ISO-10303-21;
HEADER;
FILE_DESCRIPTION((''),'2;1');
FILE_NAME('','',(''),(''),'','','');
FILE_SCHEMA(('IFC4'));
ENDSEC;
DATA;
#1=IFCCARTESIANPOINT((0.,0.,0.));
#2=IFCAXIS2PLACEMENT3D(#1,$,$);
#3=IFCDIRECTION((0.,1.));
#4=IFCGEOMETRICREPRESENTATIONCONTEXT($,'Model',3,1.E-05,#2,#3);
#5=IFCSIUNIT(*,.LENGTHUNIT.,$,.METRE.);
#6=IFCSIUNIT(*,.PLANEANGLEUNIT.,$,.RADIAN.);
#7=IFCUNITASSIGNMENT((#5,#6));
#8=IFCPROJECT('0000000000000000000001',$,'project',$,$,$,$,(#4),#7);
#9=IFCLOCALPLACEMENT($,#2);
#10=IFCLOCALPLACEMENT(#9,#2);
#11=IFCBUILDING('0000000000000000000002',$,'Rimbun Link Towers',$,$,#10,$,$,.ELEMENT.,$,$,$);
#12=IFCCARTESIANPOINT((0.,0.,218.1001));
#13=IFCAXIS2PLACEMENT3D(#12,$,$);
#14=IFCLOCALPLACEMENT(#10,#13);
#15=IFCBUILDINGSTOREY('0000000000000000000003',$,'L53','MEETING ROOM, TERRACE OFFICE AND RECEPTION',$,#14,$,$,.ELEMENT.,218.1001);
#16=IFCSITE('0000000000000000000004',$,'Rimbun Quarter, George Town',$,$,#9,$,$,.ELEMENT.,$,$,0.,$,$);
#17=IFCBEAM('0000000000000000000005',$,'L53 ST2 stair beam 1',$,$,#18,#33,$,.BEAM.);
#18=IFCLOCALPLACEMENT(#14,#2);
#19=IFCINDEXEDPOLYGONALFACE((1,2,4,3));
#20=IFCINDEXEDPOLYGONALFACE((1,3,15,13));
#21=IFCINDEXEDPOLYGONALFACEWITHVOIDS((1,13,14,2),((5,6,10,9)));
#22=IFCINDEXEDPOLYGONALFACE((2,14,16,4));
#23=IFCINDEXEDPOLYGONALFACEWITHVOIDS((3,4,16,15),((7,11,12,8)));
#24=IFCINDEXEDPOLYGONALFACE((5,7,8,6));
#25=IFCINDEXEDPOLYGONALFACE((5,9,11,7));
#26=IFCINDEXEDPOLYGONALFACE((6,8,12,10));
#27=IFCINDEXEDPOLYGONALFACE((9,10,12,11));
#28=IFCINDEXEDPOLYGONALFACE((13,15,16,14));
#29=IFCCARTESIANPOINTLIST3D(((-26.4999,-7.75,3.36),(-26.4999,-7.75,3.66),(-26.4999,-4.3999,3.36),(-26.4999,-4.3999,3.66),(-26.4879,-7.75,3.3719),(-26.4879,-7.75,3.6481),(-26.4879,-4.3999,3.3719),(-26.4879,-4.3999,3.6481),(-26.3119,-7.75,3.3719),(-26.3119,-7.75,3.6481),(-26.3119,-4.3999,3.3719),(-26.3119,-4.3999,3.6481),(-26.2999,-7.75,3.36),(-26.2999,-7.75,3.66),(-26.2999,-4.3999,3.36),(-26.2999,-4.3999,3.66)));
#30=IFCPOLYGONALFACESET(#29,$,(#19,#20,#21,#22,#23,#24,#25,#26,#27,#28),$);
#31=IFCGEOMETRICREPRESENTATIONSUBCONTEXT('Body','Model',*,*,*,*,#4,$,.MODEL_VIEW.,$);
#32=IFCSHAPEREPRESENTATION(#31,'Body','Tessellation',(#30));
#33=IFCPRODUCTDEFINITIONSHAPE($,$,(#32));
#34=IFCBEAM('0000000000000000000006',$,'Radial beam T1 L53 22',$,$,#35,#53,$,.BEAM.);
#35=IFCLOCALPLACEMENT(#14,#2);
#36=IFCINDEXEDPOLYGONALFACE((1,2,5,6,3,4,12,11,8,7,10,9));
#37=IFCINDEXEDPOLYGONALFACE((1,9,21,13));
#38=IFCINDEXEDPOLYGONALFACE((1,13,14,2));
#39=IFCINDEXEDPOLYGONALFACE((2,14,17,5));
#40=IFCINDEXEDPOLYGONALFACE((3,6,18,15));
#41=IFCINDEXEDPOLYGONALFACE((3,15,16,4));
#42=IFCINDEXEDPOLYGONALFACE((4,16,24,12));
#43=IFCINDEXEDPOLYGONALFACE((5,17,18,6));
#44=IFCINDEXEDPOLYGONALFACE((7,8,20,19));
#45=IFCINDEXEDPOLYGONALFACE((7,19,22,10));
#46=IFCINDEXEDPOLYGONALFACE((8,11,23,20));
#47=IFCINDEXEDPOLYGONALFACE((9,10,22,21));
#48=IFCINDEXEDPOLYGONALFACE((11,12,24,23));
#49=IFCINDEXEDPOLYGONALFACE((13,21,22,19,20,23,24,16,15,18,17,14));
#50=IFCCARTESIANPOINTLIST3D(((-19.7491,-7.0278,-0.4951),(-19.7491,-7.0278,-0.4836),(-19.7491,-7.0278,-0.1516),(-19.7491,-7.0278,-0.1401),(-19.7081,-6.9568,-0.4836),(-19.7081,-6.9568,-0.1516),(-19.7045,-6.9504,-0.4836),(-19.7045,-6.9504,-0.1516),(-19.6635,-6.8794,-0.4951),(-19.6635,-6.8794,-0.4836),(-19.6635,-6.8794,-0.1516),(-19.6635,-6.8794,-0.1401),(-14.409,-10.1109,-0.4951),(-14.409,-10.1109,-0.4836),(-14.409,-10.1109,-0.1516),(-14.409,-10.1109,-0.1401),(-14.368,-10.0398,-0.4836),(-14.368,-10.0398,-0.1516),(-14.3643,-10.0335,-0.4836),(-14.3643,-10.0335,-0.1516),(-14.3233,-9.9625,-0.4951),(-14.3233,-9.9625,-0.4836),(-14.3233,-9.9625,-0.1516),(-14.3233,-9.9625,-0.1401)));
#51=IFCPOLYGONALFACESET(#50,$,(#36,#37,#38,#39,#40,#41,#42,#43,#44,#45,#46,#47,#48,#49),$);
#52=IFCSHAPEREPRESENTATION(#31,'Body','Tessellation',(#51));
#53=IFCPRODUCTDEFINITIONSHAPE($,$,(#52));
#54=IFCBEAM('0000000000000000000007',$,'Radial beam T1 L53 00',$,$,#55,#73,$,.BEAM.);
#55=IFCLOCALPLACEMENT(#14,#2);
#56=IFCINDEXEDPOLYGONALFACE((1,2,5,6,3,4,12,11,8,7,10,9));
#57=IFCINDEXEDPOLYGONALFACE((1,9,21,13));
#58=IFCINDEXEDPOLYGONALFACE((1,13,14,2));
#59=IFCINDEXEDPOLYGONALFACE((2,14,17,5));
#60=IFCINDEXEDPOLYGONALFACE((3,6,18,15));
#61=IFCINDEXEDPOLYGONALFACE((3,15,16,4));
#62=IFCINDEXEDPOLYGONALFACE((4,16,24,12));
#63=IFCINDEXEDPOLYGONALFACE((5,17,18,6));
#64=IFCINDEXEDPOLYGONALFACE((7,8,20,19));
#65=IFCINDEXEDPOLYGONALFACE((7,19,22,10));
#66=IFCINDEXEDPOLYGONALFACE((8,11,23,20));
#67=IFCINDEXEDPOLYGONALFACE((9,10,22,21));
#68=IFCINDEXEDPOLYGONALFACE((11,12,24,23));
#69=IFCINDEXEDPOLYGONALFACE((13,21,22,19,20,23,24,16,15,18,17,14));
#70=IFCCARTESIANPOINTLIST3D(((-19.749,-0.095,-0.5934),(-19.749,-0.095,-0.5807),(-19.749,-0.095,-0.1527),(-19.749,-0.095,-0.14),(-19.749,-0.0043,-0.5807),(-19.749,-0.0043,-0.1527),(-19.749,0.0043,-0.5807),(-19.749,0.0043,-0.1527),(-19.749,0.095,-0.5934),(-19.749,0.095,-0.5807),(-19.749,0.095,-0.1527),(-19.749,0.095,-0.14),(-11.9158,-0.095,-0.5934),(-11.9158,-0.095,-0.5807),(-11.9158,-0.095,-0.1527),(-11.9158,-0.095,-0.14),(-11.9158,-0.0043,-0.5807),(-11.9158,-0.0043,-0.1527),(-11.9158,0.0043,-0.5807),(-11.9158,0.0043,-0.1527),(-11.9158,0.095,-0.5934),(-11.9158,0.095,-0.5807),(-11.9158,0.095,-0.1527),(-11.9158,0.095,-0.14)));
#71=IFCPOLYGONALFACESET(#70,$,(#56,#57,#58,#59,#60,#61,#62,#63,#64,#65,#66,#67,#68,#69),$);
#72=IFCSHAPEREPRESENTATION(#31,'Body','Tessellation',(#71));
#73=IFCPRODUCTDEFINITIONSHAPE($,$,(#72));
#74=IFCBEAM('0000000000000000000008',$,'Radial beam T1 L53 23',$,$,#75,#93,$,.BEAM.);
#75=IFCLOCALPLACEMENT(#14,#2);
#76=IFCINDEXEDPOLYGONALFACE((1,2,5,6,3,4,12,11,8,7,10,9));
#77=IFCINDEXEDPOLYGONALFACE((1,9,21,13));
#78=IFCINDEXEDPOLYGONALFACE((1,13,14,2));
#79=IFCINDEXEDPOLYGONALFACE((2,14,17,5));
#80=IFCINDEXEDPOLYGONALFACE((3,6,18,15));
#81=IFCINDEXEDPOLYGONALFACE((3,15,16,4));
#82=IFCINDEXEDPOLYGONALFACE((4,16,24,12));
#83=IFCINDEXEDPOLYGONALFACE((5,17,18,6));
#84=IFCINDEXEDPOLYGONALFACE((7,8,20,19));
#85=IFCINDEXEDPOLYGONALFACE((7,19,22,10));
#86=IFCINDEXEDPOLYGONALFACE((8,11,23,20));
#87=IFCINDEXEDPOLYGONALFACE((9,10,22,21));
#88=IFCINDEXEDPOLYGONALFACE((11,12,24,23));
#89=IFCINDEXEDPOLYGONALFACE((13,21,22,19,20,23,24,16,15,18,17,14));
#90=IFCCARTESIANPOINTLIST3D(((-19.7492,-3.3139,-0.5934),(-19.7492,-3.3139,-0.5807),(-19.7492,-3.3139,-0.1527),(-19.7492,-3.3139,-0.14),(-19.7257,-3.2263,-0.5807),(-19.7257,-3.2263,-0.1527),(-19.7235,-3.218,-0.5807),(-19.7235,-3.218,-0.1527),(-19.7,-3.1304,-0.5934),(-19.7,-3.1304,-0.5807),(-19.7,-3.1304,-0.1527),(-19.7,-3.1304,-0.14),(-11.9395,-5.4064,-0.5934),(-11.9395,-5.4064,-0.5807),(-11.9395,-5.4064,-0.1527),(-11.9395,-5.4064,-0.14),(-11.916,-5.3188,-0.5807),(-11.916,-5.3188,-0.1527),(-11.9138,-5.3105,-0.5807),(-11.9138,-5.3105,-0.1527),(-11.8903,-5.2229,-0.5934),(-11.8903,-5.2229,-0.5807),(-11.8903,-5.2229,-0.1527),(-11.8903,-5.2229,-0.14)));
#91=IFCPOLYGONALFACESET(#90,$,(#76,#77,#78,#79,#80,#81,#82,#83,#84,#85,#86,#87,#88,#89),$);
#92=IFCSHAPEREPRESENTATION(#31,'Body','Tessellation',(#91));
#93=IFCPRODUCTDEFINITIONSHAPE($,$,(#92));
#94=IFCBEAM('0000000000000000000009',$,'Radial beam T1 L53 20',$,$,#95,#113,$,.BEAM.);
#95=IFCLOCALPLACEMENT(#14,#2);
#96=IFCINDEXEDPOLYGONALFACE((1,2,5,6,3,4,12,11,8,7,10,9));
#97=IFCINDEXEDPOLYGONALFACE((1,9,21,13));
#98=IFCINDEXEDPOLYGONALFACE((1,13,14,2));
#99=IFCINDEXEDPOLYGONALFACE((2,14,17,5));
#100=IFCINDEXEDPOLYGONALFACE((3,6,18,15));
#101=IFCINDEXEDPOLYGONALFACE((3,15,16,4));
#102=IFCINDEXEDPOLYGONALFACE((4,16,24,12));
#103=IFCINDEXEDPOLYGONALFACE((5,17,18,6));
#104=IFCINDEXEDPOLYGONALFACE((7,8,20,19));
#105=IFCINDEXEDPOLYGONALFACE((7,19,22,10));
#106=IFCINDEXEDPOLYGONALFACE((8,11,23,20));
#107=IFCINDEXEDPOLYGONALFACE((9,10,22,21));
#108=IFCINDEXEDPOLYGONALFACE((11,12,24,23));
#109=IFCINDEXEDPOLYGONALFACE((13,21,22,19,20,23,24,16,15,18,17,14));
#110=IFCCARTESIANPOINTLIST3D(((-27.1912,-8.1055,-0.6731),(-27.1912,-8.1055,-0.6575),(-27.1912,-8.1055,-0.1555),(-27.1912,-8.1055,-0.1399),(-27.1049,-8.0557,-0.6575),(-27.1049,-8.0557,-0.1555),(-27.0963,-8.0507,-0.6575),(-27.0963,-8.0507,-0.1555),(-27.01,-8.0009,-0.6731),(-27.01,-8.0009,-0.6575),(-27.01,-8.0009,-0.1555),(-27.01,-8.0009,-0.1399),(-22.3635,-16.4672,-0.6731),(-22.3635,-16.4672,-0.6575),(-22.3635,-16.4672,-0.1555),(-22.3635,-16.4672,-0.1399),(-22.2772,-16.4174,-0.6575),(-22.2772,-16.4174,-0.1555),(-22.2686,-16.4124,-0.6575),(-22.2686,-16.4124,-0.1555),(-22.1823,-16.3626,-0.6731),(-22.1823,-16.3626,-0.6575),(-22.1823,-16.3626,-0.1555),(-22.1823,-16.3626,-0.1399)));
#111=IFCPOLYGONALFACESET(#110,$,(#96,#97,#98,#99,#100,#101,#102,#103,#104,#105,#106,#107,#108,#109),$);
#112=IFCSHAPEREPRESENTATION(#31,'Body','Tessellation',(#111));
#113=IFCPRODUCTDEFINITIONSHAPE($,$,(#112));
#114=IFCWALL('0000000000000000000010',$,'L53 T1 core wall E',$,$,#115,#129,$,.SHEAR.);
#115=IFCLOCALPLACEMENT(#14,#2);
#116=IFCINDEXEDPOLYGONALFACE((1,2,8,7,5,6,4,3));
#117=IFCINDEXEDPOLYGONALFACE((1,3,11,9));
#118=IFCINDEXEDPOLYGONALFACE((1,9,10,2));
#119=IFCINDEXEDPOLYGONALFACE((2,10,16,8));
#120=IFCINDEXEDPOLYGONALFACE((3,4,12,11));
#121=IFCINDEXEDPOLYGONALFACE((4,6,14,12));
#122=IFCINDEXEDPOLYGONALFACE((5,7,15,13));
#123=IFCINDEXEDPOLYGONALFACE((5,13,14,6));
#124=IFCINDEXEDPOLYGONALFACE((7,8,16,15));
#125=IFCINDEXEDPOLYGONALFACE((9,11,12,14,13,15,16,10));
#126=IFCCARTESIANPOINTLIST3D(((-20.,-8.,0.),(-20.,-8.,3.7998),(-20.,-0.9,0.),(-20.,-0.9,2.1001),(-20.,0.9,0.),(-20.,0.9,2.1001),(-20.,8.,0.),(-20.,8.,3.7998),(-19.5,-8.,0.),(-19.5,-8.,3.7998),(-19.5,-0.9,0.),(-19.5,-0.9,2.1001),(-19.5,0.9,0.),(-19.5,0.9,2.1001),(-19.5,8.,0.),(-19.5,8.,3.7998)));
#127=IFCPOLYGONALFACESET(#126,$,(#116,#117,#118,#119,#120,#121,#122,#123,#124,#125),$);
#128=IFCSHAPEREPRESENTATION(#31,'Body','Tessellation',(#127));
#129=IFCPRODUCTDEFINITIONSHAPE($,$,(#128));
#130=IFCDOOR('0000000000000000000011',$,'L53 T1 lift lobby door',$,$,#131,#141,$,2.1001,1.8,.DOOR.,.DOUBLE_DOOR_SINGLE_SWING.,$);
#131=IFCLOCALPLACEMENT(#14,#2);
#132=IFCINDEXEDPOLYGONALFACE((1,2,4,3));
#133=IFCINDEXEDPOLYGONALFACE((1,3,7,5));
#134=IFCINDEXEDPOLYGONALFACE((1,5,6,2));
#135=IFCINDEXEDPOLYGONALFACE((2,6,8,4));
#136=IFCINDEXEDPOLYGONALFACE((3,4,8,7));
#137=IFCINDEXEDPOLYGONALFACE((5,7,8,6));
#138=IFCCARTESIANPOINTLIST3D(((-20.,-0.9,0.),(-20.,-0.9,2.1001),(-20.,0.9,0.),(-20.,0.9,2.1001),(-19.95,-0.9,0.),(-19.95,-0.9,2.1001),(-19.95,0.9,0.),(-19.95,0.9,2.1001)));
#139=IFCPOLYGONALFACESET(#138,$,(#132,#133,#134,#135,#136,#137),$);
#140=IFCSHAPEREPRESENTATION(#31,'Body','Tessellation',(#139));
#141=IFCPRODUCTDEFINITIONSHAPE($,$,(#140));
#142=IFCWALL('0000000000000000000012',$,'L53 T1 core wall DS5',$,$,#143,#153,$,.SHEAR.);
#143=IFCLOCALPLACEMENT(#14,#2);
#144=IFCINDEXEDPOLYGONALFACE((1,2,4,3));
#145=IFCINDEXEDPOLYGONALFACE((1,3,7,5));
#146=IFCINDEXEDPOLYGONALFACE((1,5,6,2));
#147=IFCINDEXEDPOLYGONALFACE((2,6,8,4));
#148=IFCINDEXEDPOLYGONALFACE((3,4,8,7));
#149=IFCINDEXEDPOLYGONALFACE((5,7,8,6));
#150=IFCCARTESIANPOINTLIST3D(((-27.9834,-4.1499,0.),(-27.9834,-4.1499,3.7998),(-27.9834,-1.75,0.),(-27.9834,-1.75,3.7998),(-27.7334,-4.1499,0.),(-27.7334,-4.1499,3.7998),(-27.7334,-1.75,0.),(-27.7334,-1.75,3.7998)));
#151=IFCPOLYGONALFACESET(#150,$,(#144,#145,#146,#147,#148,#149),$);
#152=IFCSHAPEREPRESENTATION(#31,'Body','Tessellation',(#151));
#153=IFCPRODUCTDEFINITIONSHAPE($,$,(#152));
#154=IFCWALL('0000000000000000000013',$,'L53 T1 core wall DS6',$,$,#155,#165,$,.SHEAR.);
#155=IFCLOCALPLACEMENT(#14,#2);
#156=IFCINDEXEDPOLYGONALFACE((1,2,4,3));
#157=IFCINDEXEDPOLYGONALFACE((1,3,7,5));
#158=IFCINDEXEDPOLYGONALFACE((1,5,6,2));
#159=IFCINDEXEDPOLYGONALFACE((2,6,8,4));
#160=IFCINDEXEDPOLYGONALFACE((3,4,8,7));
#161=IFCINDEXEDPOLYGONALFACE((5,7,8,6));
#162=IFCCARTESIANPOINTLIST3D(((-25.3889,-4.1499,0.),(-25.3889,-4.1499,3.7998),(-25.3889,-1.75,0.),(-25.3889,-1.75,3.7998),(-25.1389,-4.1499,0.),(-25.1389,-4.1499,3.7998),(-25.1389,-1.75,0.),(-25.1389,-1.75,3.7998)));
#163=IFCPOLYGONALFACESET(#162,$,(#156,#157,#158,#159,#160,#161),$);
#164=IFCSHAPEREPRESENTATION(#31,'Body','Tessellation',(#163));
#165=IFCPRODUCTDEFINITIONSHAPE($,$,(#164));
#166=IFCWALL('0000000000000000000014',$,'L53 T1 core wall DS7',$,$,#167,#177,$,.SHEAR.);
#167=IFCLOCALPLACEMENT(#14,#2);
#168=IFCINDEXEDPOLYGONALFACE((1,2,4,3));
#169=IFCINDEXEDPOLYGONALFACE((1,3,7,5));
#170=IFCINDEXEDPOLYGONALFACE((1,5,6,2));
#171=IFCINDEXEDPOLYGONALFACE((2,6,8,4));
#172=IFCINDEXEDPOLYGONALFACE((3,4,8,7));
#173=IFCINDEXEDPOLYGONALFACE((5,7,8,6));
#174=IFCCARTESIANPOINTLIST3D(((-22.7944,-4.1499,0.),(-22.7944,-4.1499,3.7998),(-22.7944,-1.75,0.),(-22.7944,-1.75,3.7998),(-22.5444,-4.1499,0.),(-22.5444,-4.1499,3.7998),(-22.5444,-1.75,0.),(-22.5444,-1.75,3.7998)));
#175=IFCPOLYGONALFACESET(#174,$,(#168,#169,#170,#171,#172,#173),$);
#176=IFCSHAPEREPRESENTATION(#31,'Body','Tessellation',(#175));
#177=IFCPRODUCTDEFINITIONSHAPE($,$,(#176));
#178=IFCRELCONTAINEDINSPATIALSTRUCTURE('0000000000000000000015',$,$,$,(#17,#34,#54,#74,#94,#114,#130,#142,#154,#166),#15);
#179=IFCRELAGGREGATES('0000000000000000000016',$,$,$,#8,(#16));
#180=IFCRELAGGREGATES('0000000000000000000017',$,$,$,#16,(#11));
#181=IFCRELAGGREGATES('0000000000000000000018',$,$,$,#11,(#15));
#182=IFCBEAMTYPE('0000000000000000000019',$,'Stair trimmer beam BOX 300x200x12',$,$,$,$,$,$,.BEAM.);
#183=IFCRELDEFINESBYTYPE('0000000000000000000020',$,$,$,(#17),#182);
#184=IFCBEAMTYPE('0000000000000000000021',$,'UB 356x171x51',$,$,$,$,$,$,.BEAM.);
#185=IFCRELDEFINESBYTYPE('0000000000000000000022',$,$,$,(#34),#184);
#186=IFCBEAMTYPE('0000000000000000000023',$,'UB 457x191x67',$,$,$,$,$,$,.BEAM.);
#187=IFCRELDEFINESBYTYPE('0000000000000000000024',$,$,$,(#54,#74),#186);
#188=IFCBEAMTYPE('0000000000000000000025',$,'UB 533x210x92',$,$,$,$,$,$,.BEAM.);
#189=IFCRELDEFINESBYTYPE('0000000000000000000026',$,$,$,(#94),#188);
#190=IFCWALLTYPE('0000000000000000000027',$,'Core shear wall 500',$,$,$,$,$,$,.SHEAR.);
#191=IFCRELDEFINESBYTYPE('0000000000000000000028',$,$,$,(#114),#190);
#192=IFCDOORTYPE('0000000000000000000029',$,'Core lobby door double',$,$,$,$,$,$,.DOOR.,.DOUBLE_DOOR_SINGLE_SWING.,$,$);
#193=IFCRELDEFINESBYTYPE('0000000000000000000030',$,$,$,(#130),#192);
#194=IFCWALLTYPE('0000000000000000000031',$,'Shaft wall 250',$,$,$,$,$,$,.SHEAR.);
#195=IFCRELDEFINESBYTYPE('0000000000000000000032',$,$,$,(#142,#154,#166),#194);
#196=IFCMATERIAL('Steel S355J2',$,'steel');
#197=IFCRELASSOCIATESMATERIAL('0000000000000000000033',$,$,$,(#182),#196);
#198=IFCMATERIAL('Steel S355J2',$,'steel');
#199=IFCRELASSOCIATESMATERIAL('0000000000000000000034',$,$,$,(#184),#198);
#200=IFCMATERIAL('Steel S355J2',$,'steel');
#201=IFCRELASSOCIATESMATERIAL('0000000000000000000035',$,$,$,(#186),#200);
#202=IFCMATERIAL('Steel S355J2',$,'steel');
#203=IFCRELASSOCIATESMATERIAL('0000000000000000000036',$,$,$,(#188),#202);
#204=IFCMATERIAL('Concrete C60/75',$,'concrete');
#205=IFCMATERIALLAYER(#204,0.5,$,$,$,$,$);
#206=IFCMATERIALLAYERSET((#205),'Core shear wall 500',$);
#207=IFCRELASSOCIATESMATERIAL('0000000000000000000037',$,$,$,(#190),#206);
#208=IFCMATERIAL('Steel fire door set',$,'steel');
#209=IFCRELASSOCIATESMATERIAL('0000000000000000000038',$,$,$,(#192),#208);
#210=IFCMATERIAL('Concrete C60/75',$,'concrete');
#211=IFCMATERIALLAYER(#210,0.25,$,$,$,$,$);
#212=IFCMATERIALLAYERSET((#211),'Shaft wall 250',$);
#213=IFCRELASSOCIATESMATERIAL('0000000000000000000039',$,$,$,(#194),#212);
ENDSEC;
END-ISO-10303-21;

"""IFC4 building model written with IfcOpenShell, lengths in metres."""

from ifc_helpers import new_model, si_unit, direction, frame, frame_2d, origin, origin_2d, place, context, subcontext, project, spatial, rectangle, hollow_rectangle, i_section, extrude, material, layer, layer_set, material_profile, profile_set, type_object, element, fill, save


model = new_model("IFC4")

# Units and contexts
model_context = context("Model", 3, precision=1e-05, world=origin(), true_north=direction((0.0, 1.0)))
body_context = subcontext(model_context, "Body", "Model", "MODEL_VIEW")
ifc_project = project(units=[si_unit("LENGTHUNIT", "METRE"), si_unit("PLANEANGLEUNIT", "RADIAN")], contexts=[model_context])

# Site, building, storey
site_placement = place(None, origin())
site = spatial("IfcSite", under=ifc_project, at=site_placement, Name="Rimbun Quarter, George Town", CompositionType="ELEMENT", RefElevation=0.0)
building_placement = place(site_placement, origin())
building = spatial("IfcBuilding", under=site, at=building_placement, Name="Rimbun Link Towers", CompositionType="ELEMENT")
storey_placement = place(building_placement, frame((0.0, 0.0, 218.1001)))
storey = spatial("IfcBuildingStorey", under=building, at=storey_placement, Name="L53", Description="MEETING ROOM, TERRACE OFFICE AND RECEPTION", CompositionType="ELEMENT", Elevation=218.1001)

# Beams
ifc_material_1 = material(Name="Steel S355J2", Category="steel")
ifc_material_profile_1 = material_profile(ifc_material_1, hollow_rectangle(XDim=0.2, YDim=0.3, WallThickness=0.012, at=origin_2d()), Name="BOX 300x200x12")
ifc_profile_set_1 = profile_set([ifc_material_profile_1], Name="Steel S355J2")
beam_type_1 = type_object("IfcBeamType", Name="Stair trimmer beam BOX 300x200x12", PredefinedType="BEAM", material=ifc_profile_set_1)
beam_1_placement = place(storey_placement, frame((-26.3999, -7.75, 3.51), z_axis=(0.0, 1.0, 0.0), x_axis=(-1.0, 0.0, 0.0)))
element("IfcBeam", 1, at=beam_1_placement, inside=storey, type_object=beam_type_1, Name="L53 ST2 stair beam 1", PredefinedType="BEAM", context=body_context, shape_type="SweptSolid", body=[
    extrude(hollow_rectangle(XDim=0.2, YDim=0.3, WallThickness=0.012, at=origin_2d()), origin(), (0.0, 0.0, 1.0), 3.3501),
])
ifc_material_2 = material(Name="Steel S355J2", Category="steel")
ifc_material_profile_2 = material_profile(ifc_material_2, i_section(OverallWidth=0.1714, OverallDepth=0.355, WebThickness=0.0073, FlangeThickness=0.0115, at=origin_2d()), Name="UB 356x171x51")
ifc_profile_set_2 = profile_set([ifc_material_profile_2], Name="Steel S355J2")
beam_type_2 = type_object("IfcBeamType", Name="UB 356x171x51", PredefinedType="BEAM", material=ifc_profile_set_2)
beam_2_placement = place(storey_placement, frame((-19.7063, -6.9536, -0.3176), z_axis=(0.866032, -0.499989, 0.0), x_axis=(0.499989, 0.866032, 0.0)))
element("IfcBeam", 2, at=beam_2_placement, inside=storey, type_object=beam_type_2, Name="Radial beam T1 L53 22", PredefinedType="BEAM", context=body_context, shape_type="SweptSolid", body=[
    extrude(i_section(OverallWidth=0.1714, OverallDepth=0.355, WebThickness=0.0073, FlangeThickness=0.0115, at=origin_2d()), origin(), (0.0, 0.0, 1.0), 6.1663),
])
ifc_material_3 = material(Name="Steel S355J2", Category="steel")
ifc_material_profile_3 = material_profile(ifc_material_3, i_section(OverallWidth=0.1899, OverallDepth=0.4534, WebThickness=0.0085, FlangeThickness=0.0127, at=origin_2d()), Name="UB 457x191x67")
ifc_profile_set_3 = profile_set([ifc_material_profile_3], Name="Steel S355J2")
beam_type_3 = type_object("IfcBeamType", Name="UB 457x191x67", PredefinedType="BEAM", material=ifc_profile_set_3)
beam_3_placement = place(storey_placement, frame((-19.749, 0.0, -0.3667), z_axis=(1.0, 0.0, 0.0), x_axis=(0.0, 1.0, 0.0)))
element("IfcBeam", 3, at=beam_3_placement, inside=storey, type_object=beam_type_3, Name="Radial beam T1 L53 00", PredefinedType="BEAM", context=body_context, shape_type="SweptSolid", body=[
    extrude(i_section(OverallWidth=0.1899, OverallDepth=0.4534, WebThickness=0.0085, FlangeThickness=0.0127, at=origin_2d()), origin(), (0.0, 0.0, 1.0), 7.8333),
])
beam_4_placement = place(storey_placement, frame((-19.7246, -3.2222, -0.3667), z_axis=(0.965929, -0.258807, 0.0), x_axis=(0.258807, 0.965929, 0.0)))
element("IfcBeam", 4, at=beam_4_placement, inside=storey, type_object=beam_type_3, Name="Radial beam T1 L53 23", PredefinedType="BEAM", context=body_context, shape_type="SweptSolid", body=[
    extrude(i_section(OverallWidth=0.1899, OverallDepth=0.4534, WebThickness=0.0085, FlangeThickness=0.0127, at=origin_2d()), origin(), (0.0, 0.0, 1.0), 8.0852),
])
ifc_material_4 = material(Name="Steel S355J2", Category="steel")
ifc_material_profile_4 = material_profile(ifc_material_4, i_section(OverallWidth=0.2092, OverallDepth=0.5332, WebThickness=0.01, FlangeThickness=0.0156, at=origin_2d()), Name="UB 533x210x92")
ifc_profile_set_4 = profile_set([ifc_material_profile_4], Name="Steel S355J2")
beam_type_4 = type_object("IfcBeamType", Name="UB 533x210x92", PredefinedType="BEAM", material=ifc_profile_set_4)
beam_5_placement = place(storey_placement, frame((-27.1006, -8.0532, -0.4065), z_axis=(0.500006, -0.866022, 0.0), x_axis=(0.866022, 0.500006, 0.0)))
element("IfcBeam", 5, at=beam_5_placement, inside=storey, type_object=beam_type_4, Name="Radial beam T1 L53 20", PredefinedType="BEAM", context=body_context, shape_type="SweptSolid", body=[
    extrude(i_section(OverallWidth=0.2092, OverallDepth=0.5332, WebThickness=0.01, FlangeThickness=0.0156, at=origin_2d()), origin(), (0.0, 0.0, 1.0), 9.6553),
])

# Wall, opening, door
ifc_material_5 = material(Name="Concrete C60/75", Category="concrete")
ifc_layer_1 = layer(ifc_material_5, 0.5)
ifc_layer_set_1 = layer_set([ifc_layer_1], Name="Core shear wall 500")
wall_type_1 = type_object("IfcWallType", Name="Core shear wall 500", PredefinedType="SHEAR", material=ifc_layer_set_1)
wall_1_placement = place(storey_placement, frame((-19.75, -8.0, 0.0), z_axis=(0.0, 0.0, 1.0), x_axis=(0.0, 1.0, 0.0)))
wall_1 = element("IfcWall", 6, at=wall_1_placement, inside=storey, type_object=wall_type_1, Name="L53 T1 core wall E", PredefinedType="SHEAR", context=body_context, shape_type="SweptSolid", body=[
    extrude(rectangle(XDim=16.0, YDim=0.5, at=frame_2d((8.0, 0.0))), origin(), (0.0, 0.0, 1.0), 3.7998),
])
opening_1_placement = place(wall_1_placement, frame((7.1001, 0.0, 0.0)))
opening_1 = element("IfcOpeningElement", 7, at=opening_1_placement, cuts=wall_1, PredefinedType="OPENING", context=body_context, shape_type="SweptSolid", body=[
    extrude(rectangle(XDim=1.8, YDim=2.1001, at=frame_2d((0.8999, 1.05))), frame((0.0, 0.26, 0.0), z_axis=(0.0, -1.0, 0.0), x_axis=(1.0, 0.0, 0.0)), (0.0, 0.0, 1.0), 0.52),
])
ifc_material_6 = material(Name="Steel fire door set", Category="steel")
door_type_1 = type_object("IfcDoorType", Name="Core lobby door double", OperationType="DOUBLE_DOOR_SINGLE_SWING", PredefinedType="DOOR", material=ifc_material_6)
door_1_placement = place(opening_1_placement, origin())
door_1 = element("IfcDoor", 8, at=door_1_placement, inside=storey, type_object=door_type_1, Name="L53 T1 lift lobby door", OperationType="DOUBLE_DOOR_SINGLE_SWING", OverallHeight=2.1001, OverallWidth=1.8, PredefinedType="DOOR", context=body_context, shape_type="SweptSolid", body=[
    extrude(rectangle(XDim=1.8, YDim=2.1001, at=frame_2d((0.8999, 1.05))), frame((0.0, 0.25, 0.0), z_axis=(0.0, -1.0, 0.0), x_axis=(1.0, 0.0, 0.0)), (0.0, 0.0, 1.0), 0.05),
])
fill(opening_1, door_1)

# Walls
ifc_material_7 = material(Name="Concrete C60/75", Category="concrete")
ifc_layer_2 = layer(ifc_material_7, 0.25)
ifc_layer_set_2 = layer_set([ifc_layer_2], Name="Shaft wall 250")
wall_type_2 = type_object("IfcWallType", Name="Shaft wall 250", PredefinedType="SHEAR", material=ifc_layer_set_2)
for number, where, z_axis, x_axis, name in (
    (9, (-27.8584, -4.1499, 0.0), (0.0, 0.0, 1.0), (0.0, 1.0, 0.0), "L53 T1 core wall DS5"),
    (10, (-25.2639, -4.1499, 0.0), (0.0, 0.0, 1.0), (0.0, 1.0, 0.0), "L53 T1 core wall DS6"),
    (11, (-22.6694, -4.1499, 0.0), (0.0, 0.0, 1.0), (0.0, 1.0, 0.0), "L53 T1 core wall DS7"),
):
    element("IfcWall", number, at=place(storey_placement, frame(where, z_axis=z_axis, x_axis=x_axis)), inside=storey, type_object=wall_type_2, Name=name, PredefinedType="SHEAR", context=body_context, shape_type="SweptSolid", body=[
        extrude(rectangle(XDim=2.3999, YDim=0.25, at=frame_2d((1.2, 0.0))), origin(), (0.0, 0.0, 1.0), 3.7998),
    ])

save(model, "model.ifc")
